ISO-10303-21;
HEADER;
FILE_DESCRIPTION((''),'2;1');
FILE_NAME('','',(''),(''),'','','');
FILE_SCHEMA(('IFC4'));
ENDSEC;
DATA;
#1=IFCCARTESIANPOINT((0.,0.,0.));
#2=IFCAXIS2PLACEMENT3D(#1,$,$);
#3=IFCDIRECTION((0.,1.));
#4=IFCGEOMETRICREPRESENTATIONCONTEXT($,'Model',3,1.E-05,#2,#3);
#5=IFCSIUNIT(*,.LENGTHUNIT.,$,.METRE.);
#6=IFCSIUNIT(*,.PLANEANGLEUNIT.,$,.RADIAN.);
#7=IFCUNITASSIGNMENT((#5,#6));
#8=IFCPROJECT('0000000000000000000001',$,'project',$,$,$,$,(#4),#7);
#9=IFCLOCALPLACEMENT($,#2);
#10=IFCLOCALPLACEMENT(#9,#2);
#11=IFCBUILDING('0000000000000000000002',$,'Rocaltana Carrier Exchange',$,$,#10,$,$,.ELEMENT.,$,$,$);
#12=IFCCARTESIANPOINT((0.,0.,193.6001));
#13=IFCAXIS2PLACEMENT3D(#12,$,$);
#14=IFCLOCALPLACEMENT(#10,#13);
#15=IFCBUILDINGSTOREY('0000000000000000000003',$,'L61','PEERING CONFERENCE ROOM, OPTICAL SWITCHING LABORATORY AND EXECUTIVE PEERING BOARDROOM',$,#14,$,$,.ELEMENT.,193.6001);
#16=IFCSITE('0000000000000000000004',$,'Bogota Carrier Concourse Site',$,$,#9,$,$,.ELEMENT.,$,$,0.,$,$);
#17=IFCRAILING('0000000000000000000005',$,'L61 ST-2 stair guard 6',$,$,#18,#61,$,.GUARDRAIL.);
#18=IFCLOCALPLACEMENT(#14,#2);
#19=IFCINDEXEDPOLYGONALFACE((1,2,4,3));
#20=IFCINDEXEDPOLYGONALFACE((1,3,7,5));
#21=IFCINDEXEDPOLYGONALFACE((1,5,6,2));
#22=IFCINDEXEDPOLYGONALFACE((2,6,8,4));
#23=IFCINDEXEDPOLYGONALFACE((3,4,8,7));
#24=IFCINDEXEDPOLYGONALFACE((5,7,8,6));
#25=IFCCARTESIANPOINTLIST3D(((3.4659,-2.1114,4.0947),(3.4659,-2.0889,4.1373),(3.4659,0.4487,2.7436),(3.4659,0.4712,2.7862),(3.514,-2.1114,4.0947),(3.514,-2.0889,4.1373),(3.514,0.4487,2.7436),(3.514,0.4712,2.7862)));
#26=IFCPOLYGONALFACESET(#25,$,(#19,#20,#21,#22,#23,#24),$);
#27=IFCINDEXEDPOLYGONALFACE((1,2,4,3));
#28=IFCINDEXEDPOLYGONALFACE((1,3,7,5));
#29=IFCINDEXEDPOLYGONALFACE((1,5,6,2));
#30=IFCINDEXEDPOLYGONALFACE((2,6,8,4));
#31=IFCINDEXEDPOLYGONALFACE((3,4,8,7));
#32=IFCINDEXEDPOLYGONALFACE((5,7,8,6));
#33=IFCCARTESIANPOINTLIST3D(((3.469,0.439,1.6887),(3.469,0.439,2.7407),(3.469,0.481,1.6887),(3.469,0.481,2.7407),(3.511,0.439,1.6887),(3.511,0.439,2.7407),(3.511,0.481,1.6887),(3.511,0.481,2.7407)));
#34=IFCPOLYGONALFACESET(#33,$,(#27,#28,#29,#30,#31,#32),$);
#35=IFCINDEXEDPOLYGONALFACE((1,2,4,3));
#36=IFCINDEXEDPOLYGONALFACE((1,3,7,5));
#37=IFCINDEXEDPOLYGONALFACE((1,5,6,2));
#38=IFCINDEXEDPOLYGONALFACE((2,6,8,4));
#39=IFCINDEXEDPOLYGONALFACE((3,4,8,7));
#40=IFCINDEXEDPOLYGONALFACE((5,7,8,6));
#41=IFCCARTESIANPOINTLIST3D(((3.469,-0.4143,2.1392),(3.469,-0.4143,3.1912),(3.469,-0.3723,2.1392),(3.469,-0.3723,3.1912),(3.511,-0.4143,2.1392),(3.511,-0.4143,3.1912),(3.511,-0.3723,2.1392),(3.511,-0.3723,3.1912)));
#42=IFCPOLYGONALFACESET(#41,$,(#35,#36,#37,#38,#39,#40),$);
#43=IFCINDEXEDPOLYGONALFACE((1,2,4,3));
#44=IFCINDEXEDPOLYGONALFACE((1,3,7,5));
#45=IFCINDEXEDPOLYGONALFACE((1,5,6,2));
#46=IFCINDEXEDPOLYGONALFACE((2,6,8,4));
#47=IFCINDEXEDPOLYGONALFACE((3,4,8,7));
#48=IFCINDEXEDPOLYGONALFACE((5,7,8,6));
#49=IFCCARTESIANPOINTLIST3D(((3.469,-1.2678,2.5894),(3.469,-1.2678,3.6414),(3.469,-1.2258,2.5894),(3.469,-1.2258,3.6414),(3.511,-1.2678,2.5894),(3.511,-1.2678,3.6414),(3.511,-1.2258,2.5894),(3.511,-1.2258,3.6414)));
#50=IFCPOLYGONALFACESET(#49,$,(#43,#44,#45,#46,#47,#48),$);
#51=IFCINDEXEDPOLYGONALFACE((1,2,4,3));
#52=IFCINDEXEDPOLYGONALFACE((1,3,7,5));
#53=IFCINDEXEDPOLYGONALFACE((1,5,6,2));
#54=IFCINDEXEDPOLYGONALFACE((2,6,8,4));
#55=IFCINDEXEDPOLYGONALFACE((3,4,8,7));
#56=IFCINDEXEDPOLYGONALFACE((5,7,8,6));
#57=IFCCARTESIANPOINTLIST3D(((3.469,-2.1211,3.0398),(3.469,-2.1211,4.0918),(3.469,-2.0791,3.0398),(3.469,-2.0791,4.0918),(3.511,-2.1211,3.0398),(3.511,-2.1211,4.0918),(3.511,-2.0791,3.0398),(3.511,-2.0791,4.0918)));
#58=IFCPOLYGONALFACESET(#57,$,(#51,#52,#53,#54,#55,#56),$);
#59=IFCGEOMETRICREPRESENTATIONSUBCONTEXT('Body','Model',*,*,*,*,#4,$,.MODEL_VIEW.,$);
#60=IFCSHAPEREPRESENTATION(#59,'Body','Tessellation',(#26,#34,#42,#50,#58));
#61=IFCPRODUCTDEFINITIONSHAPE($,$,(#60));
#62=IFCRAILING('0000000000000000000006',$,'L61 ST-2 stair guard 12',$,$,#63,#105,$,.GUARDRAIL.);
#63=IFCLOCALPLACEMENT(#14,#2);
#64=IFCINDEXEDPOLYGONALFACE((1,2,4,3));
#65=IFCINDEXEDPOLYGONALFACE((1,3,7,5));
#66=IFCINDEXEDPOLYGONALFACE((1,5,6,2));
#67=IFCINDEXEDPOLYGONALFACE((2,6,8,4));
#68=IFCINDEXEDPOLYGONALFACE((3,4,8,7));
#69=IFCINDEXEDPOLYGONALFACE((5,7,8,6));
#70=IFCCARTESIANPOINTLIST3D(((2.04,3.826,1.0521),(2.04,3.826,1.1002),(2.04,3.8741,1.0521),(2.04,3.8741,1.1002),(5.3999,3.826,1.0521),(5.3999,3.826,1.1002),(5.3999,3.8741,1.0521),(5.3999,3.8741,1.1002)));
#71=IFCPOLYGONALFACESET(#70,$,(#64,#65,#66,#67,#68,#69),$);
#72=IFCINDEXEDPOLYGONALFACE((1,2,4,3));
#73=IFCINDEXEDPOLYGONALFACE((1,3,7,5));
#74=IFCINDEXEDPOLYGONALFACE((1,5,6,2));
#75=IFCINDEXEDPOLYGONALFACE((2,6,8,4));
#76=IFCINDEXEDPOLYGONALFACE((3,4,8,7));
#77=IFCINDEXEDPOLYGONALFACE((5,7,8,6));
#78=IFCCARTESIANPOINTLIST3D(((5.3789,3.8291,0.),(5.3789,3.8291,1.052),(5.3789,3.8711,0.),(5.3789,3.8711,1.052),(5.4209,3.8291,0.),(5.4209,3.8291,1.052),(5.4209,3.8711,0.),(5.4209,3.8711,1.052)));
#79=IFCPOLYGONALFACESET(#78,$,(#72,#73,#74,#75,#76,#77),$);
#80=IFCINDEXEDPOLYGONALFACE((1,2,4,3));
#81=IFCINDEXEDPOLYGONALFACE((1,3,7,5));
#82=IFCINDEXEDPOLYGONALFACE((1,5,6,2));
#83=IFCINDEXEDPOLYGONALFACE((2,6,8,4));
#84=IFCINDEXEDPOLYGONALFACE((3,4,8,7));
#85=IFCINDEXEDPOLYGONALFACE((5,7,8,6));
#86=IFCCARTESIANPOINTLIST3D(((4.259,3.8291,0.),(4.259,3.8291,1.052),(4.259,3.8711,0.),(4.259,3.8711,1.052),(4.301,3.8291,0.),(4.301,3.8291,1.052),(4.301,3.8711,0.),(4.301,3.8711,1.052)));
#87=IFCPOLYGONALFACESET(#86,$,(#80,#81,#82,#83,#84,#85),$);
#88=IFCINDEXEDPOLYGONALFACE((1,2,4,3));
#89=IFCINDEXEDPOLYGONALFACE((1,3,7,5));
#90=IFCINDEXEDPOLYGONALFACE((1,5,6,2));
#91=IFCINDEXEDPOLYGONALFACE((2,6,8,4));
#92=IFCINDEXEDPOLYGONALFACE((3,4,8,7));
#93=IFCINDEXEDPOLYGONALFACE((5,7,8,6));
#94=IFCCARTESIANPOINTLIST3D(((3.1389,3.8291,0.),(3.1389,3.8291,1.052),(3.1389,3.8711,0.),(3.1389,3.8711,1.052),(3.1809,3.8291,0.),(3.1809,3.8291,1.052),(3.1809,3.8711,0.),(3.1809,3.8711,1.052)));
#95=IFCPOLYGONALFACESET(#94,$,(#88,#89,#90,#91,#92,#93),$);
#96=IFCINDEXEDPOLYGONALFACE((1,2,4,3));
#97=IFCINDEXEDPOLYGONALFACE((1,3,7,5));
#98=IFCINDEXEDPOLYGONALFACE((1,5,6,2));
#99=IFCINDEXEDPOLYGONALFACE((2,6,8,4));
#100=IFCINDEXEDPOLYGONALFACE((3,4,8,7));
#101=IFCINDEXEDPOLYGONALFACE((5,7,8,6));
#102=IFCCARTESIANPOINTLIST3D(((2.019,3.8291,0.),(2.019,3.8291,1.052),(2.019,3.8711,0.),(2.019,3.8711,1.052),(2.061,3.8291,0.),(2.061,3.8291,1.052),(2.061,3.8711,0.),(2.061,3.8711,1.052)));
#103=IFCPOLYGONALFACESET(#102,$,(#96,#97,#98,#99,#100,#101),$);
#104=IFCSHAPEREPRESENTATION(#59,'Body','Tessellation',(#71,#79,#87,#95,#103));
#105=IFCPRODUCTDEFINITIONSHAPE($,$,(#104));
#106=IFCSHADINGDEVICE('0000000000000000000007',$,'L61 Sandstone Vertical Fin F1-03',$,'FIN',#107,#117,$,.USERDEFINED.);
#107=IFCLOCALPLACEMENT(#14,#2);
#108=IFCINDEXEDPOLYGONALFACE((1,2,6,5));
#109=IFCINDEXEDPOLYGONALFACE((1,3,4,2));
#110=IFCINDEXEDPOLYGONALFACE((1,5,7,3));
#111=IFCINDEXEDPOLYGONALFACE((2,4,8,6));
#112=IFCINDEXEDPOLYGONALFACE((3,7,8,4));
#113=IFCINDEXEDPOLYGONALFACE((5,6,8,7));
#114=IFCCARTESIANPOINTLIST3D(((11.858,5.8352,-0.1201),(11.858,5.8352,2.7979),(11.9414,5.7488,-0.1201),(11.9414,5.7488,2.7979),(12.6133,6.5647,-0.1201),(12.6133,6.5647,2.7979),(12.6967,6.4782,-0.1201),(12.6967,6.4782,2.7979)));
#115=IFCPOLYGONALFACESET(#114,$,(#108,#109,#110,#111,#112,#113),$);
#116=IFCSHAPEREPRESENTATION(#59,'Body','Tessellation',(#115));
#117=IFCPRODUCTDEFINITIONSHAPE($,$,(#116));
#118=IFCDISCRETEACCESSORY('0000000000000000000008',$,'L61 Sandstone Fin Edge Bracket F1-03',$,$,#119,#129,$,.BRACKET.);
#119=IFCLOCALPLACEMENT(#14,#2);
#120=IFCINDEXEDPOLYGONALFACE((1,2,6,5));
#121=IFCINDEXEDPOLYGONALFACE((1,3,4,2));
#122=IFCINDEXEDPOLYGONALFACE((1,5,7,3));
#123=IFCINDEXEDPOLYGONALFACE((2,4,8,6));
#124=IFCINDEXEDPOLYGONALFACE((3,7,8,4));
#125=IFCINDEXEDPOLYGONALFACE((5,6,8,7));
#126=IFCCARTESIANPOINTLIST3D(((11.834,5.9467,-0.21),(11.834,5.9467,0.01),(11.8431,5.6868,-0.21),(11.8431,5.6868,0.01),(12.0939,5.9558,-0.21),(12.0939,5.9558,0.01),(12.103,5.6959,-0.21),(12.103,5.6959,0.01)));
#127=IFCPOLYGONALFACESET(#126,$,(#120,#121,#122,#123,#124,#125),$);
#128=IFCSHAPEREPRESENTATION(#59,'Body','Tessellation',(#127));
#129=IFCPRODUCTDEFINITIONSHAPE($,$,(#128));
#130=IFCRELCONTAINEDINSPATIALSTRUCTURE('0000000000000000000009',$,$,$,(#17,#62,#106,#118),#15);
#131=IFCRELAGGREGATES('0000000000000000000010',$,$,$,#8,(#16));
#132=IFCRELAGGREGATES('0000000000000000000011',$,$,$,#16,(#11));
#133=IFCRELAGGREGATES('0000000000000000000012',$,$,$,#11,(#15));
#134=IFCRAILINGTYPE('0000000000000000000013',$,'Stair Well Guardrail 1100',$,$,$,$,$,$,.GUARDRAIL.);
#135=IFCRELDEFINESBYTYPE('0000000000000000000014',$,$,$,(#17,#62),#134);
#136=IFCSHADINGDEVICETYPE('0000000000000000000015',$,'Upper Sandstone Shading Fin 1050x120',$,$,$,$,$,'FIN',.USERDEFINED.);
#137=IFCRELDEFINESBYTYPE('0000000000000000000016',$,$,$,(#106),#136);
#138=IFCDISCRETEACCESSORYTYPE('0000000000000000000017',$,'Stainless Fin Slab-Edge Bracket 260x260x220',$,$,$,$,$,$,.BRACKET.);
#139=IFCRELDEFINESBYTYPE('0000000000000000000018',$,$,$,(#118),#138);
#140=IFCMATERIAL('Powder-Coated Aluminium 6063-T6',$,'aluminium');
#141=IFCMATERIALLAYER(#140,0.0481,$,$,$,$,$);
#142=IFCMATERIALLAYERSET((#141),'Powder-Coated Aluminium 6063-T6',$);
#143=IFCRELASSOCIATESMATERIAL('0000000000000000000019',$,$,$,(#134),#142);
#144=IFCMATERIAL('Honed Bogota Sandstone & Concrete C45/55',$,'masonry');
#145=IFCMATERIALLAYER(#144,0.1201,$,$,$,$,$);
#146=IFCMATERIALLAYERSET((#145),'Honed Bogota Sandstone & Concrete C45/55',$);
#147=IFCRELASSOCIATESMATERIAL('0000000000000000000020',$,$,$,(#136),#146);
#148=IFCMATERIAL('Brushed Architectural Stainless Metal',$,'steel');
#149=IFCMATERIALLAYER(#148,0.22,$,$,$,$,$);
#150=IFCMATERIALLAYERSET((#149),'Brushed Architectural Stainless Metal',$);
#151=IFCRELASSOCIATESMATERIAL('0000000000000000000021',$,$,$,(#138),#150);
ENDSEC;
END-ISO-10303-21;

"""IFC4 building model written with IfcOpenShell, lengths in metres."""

from ifc_helpers import new_model, si_unit, direction, frame, origin, origin_2d, place, context, subcontext, project, spatial, rectangle, extrude, material, layer, layer_set, type_object, element, save


model = new_model("IFC4")

# Units and contexts
model_context = context("Model", 3, precision=1e-05, world=origin(), true_north=direction((0.0, 1.0)))
body_context = subcontext(model_context, "Body", "Model", "MODEL_VIEW")
ifc_project = project(units=[si_unit("LENGTHUNIT", "METRE"), si_unit("PLANEANGLEUNIT", "RADIAN")], contexts=[model_context])

# Site, building, storey
site_placement = place(None, origin())
site = spatial("IfcSite", under=ifc_project, at=site_placement, Name="Bogota Carrier Concourse Site", CompositionType="ELEMENT", RefElevation=0.0)
building_placement = place(site_placement, origin())
building = spatial("IfcBuilding", under=site, at=building_placement, Name="Rocaltana Carrier Exchange", CompositionType="ELEMENT")
storey_placement = place(building_placement, frame((0.0, 0.0, 193.6001)))
storey = spatial("IfcBuildingStorey", under=building, at=storey_placement, Name="L61", Description="PEERING CONFERENCE ROOM, OPTICAL SWITCHING LABORATORY AND EXECUTIVE PEERING BOARDROOM", CompositionType="ELEMENT", Elevation=193.6001)

# Railings
ifc_material_1 = material(Name="Powder-Coated Aluminium 6063-T6", Category="aluminium")
ifc_layer_1 = layer(ifc_material_1, 0.0481)
ifc_layer_set_1 = layer_set([ifc_layer_1], Name="Powder-Coated Aluminium 6063-T6")
railing_type_1 = type_object("IfcRailingType", Name="Stair Well Guardrail 1100", PredefinedType="GUARDRAIL", material=ifc_layer_set_1)
railing_1_placement = place(storey_placement, frame((3.49, 0.46, 1.6887)))
element("IfcRailing", 1, at=railing_1_placement, inside=storey, type_object=railing_type_1, Name="L61 ST-2 stair guard 6", PredefinedType="GUARDRAIL", context=body_context, shape_type="SweptSolid", body=[
    extrude(rectangle(XDim=0.0481, YDim=0.0481, at=origin_2d()), frame((0.0, 0.0, 1.0762), z_axis=(0.0, -0.884394, 0.46674), x_axis=(1.0, 0.0, 0.0)), (0.0, 0.0, 1.0), 2.8948),
    extrude(rectangle(XDim=0.042, YDim=0.042, at=origin_2d()), origin(), (0.0, 0.0, 1.0), 1.052),
    extrude(rectangle(XDim=0.042, YDim=0.042, at=origin_2d()), frame((0.0, -0.8533, 0.4504)), (0.0, 0.0, 1.0), 1.052),
    extrude(rectangle(XDim=0.042, YDim=0.042, at=origin_2d()), frame((0.0, -1.7068, 0.9006)), (0.0, 0.0, 1.0), 1.052),
    extrude(rectangle(XDim=0.042, YDim=0.042, at=origin_2d()), frame((0.0, -2.5601, 1.3511)), (0.0, 0.0, 1.0), 1.052),
])
railing_2_placement = place(storey_placement, frame((5.3999, 3.8501, 0.0)))
element("IfcRailing", 2, at=railing_2_placement, inside=storey, type_object=railing_type_1, Name="L61 ST-2 stair guard 12", PredefinedType="GUARDRAIL", context=body_context, shape_type="SweptSolid", body=[
    extrude(rectangle(XDim=0.0481, YDim=0.0481, at=origin_2d()), frame((0.0, 0.0, 1.0762), z_axis=(-1.0, 0.0, 0.0), x_axis=(0.0, -1.0, 0.0)), (0.0, 0.0, 1.0), 3.3599),
    extrude(rectangle(XDim=0.042, YDim=0.042, at=origin_2d()), origin(), (0.0, 0.0, 1.0), 1.052),
    extrude(rectangle(XDim=0.042, YDim=0.042, at=origin_2d()), frame((-1.1199, 0.0, 0.0)), (0.0, 0.0, 1.0), 1.052),
    extrude(rectangle(XDim=0.042, YDim=0.042, at=origin_2d()), frame((-2.24, 0.0, 0.0)), (0.0, 0.0, 1.0), 1.052),
    extrude(rectangle(XDim=0.042, YDim=0.042, at=origin_2d()), frame((-3.3599, 0.0, 0.0)), (0.0, 0.0, 1.0), 1.052),
])

# Shading device
ifc_material_2 = material(Name="Honed Bogota Sandstone & Concrete C45/55", Category="masonry")
ifc_layer_2 = layer(ifc_material_2, 0.1201)
ifc_layer_set_2 = layer_set([ifc_layer_2], Name="Honed Bogota Sandstone & Concrete C45/55")
shading_device_type = type_object("IfcShadingDeviceType", Name="Upper Sandstone Shading Fin 1050x120", ElementType="FIN", PredefinedType="USERDEFINED", material=ifc_layer_set_2)
shading_device_placement = place(storey_placement, frame((12.2773, 6.1567, -0.1201), z_axis=(0.0, 0.0, 1.0), x_axis=(0.71934, 0.694658, 0.0)))
element("IfcShadingDevice", 3, at=shading_device_placement, inside=storey, type_object=shading_device_type, Name="L61 Sandstone Vertical Fin F1-03", ObjectType="FIN", PredefinedType="USERDEFINED", context=body_context, shape_type="SweptSolid", body=[
    extrude(rectangle(XDim=1.05, YDim=0.1201, at=origin_2d()), origin(), (0.0, 0.0, 1.0), 2.918),
])

# Discrete accessory
ifc_material_3 = material(Name="Brushed Architectural Stainless Metal", Category="steel")
ifc_layer_3 = layer(ifc_material_3, 0.22)
ifc_layer_set_3 = layer_set([ifc_layer_3], Name="Brushed Architectural Stainless Metal")
discrete_accessory_type = type_object("IfcDiscreteAccessoryType", Name="Stainless Fin Slab-Edge Bracket 260x260x220", PredefinedType="BRACKET", material=ifc_layer_set_3)
discrete_accessory_placement = place(storey_placement, frame((11.9685, 5.8213, -0.21), z_axis=(0.0, 0.0, 1.0), x_axis=(-0.034899, 0.999391, 0.0)))
element("IfcDiscreteAccessory", 4, at=discrete_accessory_placement, inside=storey, type_object=discrete_accessory_type, Name="L61 Sandstone Fin Edge Bracket F1-03", PredefinedType="BRACKET", context=body_context, shape_type="SweptSolid", body=[
    extrude(rectangle(XDim=0.26, YDim=0.26, at=origin_2d()), origin(), (0.0, 0.0, 1.0), 0.22),
])

save(model, "model.ifc")
